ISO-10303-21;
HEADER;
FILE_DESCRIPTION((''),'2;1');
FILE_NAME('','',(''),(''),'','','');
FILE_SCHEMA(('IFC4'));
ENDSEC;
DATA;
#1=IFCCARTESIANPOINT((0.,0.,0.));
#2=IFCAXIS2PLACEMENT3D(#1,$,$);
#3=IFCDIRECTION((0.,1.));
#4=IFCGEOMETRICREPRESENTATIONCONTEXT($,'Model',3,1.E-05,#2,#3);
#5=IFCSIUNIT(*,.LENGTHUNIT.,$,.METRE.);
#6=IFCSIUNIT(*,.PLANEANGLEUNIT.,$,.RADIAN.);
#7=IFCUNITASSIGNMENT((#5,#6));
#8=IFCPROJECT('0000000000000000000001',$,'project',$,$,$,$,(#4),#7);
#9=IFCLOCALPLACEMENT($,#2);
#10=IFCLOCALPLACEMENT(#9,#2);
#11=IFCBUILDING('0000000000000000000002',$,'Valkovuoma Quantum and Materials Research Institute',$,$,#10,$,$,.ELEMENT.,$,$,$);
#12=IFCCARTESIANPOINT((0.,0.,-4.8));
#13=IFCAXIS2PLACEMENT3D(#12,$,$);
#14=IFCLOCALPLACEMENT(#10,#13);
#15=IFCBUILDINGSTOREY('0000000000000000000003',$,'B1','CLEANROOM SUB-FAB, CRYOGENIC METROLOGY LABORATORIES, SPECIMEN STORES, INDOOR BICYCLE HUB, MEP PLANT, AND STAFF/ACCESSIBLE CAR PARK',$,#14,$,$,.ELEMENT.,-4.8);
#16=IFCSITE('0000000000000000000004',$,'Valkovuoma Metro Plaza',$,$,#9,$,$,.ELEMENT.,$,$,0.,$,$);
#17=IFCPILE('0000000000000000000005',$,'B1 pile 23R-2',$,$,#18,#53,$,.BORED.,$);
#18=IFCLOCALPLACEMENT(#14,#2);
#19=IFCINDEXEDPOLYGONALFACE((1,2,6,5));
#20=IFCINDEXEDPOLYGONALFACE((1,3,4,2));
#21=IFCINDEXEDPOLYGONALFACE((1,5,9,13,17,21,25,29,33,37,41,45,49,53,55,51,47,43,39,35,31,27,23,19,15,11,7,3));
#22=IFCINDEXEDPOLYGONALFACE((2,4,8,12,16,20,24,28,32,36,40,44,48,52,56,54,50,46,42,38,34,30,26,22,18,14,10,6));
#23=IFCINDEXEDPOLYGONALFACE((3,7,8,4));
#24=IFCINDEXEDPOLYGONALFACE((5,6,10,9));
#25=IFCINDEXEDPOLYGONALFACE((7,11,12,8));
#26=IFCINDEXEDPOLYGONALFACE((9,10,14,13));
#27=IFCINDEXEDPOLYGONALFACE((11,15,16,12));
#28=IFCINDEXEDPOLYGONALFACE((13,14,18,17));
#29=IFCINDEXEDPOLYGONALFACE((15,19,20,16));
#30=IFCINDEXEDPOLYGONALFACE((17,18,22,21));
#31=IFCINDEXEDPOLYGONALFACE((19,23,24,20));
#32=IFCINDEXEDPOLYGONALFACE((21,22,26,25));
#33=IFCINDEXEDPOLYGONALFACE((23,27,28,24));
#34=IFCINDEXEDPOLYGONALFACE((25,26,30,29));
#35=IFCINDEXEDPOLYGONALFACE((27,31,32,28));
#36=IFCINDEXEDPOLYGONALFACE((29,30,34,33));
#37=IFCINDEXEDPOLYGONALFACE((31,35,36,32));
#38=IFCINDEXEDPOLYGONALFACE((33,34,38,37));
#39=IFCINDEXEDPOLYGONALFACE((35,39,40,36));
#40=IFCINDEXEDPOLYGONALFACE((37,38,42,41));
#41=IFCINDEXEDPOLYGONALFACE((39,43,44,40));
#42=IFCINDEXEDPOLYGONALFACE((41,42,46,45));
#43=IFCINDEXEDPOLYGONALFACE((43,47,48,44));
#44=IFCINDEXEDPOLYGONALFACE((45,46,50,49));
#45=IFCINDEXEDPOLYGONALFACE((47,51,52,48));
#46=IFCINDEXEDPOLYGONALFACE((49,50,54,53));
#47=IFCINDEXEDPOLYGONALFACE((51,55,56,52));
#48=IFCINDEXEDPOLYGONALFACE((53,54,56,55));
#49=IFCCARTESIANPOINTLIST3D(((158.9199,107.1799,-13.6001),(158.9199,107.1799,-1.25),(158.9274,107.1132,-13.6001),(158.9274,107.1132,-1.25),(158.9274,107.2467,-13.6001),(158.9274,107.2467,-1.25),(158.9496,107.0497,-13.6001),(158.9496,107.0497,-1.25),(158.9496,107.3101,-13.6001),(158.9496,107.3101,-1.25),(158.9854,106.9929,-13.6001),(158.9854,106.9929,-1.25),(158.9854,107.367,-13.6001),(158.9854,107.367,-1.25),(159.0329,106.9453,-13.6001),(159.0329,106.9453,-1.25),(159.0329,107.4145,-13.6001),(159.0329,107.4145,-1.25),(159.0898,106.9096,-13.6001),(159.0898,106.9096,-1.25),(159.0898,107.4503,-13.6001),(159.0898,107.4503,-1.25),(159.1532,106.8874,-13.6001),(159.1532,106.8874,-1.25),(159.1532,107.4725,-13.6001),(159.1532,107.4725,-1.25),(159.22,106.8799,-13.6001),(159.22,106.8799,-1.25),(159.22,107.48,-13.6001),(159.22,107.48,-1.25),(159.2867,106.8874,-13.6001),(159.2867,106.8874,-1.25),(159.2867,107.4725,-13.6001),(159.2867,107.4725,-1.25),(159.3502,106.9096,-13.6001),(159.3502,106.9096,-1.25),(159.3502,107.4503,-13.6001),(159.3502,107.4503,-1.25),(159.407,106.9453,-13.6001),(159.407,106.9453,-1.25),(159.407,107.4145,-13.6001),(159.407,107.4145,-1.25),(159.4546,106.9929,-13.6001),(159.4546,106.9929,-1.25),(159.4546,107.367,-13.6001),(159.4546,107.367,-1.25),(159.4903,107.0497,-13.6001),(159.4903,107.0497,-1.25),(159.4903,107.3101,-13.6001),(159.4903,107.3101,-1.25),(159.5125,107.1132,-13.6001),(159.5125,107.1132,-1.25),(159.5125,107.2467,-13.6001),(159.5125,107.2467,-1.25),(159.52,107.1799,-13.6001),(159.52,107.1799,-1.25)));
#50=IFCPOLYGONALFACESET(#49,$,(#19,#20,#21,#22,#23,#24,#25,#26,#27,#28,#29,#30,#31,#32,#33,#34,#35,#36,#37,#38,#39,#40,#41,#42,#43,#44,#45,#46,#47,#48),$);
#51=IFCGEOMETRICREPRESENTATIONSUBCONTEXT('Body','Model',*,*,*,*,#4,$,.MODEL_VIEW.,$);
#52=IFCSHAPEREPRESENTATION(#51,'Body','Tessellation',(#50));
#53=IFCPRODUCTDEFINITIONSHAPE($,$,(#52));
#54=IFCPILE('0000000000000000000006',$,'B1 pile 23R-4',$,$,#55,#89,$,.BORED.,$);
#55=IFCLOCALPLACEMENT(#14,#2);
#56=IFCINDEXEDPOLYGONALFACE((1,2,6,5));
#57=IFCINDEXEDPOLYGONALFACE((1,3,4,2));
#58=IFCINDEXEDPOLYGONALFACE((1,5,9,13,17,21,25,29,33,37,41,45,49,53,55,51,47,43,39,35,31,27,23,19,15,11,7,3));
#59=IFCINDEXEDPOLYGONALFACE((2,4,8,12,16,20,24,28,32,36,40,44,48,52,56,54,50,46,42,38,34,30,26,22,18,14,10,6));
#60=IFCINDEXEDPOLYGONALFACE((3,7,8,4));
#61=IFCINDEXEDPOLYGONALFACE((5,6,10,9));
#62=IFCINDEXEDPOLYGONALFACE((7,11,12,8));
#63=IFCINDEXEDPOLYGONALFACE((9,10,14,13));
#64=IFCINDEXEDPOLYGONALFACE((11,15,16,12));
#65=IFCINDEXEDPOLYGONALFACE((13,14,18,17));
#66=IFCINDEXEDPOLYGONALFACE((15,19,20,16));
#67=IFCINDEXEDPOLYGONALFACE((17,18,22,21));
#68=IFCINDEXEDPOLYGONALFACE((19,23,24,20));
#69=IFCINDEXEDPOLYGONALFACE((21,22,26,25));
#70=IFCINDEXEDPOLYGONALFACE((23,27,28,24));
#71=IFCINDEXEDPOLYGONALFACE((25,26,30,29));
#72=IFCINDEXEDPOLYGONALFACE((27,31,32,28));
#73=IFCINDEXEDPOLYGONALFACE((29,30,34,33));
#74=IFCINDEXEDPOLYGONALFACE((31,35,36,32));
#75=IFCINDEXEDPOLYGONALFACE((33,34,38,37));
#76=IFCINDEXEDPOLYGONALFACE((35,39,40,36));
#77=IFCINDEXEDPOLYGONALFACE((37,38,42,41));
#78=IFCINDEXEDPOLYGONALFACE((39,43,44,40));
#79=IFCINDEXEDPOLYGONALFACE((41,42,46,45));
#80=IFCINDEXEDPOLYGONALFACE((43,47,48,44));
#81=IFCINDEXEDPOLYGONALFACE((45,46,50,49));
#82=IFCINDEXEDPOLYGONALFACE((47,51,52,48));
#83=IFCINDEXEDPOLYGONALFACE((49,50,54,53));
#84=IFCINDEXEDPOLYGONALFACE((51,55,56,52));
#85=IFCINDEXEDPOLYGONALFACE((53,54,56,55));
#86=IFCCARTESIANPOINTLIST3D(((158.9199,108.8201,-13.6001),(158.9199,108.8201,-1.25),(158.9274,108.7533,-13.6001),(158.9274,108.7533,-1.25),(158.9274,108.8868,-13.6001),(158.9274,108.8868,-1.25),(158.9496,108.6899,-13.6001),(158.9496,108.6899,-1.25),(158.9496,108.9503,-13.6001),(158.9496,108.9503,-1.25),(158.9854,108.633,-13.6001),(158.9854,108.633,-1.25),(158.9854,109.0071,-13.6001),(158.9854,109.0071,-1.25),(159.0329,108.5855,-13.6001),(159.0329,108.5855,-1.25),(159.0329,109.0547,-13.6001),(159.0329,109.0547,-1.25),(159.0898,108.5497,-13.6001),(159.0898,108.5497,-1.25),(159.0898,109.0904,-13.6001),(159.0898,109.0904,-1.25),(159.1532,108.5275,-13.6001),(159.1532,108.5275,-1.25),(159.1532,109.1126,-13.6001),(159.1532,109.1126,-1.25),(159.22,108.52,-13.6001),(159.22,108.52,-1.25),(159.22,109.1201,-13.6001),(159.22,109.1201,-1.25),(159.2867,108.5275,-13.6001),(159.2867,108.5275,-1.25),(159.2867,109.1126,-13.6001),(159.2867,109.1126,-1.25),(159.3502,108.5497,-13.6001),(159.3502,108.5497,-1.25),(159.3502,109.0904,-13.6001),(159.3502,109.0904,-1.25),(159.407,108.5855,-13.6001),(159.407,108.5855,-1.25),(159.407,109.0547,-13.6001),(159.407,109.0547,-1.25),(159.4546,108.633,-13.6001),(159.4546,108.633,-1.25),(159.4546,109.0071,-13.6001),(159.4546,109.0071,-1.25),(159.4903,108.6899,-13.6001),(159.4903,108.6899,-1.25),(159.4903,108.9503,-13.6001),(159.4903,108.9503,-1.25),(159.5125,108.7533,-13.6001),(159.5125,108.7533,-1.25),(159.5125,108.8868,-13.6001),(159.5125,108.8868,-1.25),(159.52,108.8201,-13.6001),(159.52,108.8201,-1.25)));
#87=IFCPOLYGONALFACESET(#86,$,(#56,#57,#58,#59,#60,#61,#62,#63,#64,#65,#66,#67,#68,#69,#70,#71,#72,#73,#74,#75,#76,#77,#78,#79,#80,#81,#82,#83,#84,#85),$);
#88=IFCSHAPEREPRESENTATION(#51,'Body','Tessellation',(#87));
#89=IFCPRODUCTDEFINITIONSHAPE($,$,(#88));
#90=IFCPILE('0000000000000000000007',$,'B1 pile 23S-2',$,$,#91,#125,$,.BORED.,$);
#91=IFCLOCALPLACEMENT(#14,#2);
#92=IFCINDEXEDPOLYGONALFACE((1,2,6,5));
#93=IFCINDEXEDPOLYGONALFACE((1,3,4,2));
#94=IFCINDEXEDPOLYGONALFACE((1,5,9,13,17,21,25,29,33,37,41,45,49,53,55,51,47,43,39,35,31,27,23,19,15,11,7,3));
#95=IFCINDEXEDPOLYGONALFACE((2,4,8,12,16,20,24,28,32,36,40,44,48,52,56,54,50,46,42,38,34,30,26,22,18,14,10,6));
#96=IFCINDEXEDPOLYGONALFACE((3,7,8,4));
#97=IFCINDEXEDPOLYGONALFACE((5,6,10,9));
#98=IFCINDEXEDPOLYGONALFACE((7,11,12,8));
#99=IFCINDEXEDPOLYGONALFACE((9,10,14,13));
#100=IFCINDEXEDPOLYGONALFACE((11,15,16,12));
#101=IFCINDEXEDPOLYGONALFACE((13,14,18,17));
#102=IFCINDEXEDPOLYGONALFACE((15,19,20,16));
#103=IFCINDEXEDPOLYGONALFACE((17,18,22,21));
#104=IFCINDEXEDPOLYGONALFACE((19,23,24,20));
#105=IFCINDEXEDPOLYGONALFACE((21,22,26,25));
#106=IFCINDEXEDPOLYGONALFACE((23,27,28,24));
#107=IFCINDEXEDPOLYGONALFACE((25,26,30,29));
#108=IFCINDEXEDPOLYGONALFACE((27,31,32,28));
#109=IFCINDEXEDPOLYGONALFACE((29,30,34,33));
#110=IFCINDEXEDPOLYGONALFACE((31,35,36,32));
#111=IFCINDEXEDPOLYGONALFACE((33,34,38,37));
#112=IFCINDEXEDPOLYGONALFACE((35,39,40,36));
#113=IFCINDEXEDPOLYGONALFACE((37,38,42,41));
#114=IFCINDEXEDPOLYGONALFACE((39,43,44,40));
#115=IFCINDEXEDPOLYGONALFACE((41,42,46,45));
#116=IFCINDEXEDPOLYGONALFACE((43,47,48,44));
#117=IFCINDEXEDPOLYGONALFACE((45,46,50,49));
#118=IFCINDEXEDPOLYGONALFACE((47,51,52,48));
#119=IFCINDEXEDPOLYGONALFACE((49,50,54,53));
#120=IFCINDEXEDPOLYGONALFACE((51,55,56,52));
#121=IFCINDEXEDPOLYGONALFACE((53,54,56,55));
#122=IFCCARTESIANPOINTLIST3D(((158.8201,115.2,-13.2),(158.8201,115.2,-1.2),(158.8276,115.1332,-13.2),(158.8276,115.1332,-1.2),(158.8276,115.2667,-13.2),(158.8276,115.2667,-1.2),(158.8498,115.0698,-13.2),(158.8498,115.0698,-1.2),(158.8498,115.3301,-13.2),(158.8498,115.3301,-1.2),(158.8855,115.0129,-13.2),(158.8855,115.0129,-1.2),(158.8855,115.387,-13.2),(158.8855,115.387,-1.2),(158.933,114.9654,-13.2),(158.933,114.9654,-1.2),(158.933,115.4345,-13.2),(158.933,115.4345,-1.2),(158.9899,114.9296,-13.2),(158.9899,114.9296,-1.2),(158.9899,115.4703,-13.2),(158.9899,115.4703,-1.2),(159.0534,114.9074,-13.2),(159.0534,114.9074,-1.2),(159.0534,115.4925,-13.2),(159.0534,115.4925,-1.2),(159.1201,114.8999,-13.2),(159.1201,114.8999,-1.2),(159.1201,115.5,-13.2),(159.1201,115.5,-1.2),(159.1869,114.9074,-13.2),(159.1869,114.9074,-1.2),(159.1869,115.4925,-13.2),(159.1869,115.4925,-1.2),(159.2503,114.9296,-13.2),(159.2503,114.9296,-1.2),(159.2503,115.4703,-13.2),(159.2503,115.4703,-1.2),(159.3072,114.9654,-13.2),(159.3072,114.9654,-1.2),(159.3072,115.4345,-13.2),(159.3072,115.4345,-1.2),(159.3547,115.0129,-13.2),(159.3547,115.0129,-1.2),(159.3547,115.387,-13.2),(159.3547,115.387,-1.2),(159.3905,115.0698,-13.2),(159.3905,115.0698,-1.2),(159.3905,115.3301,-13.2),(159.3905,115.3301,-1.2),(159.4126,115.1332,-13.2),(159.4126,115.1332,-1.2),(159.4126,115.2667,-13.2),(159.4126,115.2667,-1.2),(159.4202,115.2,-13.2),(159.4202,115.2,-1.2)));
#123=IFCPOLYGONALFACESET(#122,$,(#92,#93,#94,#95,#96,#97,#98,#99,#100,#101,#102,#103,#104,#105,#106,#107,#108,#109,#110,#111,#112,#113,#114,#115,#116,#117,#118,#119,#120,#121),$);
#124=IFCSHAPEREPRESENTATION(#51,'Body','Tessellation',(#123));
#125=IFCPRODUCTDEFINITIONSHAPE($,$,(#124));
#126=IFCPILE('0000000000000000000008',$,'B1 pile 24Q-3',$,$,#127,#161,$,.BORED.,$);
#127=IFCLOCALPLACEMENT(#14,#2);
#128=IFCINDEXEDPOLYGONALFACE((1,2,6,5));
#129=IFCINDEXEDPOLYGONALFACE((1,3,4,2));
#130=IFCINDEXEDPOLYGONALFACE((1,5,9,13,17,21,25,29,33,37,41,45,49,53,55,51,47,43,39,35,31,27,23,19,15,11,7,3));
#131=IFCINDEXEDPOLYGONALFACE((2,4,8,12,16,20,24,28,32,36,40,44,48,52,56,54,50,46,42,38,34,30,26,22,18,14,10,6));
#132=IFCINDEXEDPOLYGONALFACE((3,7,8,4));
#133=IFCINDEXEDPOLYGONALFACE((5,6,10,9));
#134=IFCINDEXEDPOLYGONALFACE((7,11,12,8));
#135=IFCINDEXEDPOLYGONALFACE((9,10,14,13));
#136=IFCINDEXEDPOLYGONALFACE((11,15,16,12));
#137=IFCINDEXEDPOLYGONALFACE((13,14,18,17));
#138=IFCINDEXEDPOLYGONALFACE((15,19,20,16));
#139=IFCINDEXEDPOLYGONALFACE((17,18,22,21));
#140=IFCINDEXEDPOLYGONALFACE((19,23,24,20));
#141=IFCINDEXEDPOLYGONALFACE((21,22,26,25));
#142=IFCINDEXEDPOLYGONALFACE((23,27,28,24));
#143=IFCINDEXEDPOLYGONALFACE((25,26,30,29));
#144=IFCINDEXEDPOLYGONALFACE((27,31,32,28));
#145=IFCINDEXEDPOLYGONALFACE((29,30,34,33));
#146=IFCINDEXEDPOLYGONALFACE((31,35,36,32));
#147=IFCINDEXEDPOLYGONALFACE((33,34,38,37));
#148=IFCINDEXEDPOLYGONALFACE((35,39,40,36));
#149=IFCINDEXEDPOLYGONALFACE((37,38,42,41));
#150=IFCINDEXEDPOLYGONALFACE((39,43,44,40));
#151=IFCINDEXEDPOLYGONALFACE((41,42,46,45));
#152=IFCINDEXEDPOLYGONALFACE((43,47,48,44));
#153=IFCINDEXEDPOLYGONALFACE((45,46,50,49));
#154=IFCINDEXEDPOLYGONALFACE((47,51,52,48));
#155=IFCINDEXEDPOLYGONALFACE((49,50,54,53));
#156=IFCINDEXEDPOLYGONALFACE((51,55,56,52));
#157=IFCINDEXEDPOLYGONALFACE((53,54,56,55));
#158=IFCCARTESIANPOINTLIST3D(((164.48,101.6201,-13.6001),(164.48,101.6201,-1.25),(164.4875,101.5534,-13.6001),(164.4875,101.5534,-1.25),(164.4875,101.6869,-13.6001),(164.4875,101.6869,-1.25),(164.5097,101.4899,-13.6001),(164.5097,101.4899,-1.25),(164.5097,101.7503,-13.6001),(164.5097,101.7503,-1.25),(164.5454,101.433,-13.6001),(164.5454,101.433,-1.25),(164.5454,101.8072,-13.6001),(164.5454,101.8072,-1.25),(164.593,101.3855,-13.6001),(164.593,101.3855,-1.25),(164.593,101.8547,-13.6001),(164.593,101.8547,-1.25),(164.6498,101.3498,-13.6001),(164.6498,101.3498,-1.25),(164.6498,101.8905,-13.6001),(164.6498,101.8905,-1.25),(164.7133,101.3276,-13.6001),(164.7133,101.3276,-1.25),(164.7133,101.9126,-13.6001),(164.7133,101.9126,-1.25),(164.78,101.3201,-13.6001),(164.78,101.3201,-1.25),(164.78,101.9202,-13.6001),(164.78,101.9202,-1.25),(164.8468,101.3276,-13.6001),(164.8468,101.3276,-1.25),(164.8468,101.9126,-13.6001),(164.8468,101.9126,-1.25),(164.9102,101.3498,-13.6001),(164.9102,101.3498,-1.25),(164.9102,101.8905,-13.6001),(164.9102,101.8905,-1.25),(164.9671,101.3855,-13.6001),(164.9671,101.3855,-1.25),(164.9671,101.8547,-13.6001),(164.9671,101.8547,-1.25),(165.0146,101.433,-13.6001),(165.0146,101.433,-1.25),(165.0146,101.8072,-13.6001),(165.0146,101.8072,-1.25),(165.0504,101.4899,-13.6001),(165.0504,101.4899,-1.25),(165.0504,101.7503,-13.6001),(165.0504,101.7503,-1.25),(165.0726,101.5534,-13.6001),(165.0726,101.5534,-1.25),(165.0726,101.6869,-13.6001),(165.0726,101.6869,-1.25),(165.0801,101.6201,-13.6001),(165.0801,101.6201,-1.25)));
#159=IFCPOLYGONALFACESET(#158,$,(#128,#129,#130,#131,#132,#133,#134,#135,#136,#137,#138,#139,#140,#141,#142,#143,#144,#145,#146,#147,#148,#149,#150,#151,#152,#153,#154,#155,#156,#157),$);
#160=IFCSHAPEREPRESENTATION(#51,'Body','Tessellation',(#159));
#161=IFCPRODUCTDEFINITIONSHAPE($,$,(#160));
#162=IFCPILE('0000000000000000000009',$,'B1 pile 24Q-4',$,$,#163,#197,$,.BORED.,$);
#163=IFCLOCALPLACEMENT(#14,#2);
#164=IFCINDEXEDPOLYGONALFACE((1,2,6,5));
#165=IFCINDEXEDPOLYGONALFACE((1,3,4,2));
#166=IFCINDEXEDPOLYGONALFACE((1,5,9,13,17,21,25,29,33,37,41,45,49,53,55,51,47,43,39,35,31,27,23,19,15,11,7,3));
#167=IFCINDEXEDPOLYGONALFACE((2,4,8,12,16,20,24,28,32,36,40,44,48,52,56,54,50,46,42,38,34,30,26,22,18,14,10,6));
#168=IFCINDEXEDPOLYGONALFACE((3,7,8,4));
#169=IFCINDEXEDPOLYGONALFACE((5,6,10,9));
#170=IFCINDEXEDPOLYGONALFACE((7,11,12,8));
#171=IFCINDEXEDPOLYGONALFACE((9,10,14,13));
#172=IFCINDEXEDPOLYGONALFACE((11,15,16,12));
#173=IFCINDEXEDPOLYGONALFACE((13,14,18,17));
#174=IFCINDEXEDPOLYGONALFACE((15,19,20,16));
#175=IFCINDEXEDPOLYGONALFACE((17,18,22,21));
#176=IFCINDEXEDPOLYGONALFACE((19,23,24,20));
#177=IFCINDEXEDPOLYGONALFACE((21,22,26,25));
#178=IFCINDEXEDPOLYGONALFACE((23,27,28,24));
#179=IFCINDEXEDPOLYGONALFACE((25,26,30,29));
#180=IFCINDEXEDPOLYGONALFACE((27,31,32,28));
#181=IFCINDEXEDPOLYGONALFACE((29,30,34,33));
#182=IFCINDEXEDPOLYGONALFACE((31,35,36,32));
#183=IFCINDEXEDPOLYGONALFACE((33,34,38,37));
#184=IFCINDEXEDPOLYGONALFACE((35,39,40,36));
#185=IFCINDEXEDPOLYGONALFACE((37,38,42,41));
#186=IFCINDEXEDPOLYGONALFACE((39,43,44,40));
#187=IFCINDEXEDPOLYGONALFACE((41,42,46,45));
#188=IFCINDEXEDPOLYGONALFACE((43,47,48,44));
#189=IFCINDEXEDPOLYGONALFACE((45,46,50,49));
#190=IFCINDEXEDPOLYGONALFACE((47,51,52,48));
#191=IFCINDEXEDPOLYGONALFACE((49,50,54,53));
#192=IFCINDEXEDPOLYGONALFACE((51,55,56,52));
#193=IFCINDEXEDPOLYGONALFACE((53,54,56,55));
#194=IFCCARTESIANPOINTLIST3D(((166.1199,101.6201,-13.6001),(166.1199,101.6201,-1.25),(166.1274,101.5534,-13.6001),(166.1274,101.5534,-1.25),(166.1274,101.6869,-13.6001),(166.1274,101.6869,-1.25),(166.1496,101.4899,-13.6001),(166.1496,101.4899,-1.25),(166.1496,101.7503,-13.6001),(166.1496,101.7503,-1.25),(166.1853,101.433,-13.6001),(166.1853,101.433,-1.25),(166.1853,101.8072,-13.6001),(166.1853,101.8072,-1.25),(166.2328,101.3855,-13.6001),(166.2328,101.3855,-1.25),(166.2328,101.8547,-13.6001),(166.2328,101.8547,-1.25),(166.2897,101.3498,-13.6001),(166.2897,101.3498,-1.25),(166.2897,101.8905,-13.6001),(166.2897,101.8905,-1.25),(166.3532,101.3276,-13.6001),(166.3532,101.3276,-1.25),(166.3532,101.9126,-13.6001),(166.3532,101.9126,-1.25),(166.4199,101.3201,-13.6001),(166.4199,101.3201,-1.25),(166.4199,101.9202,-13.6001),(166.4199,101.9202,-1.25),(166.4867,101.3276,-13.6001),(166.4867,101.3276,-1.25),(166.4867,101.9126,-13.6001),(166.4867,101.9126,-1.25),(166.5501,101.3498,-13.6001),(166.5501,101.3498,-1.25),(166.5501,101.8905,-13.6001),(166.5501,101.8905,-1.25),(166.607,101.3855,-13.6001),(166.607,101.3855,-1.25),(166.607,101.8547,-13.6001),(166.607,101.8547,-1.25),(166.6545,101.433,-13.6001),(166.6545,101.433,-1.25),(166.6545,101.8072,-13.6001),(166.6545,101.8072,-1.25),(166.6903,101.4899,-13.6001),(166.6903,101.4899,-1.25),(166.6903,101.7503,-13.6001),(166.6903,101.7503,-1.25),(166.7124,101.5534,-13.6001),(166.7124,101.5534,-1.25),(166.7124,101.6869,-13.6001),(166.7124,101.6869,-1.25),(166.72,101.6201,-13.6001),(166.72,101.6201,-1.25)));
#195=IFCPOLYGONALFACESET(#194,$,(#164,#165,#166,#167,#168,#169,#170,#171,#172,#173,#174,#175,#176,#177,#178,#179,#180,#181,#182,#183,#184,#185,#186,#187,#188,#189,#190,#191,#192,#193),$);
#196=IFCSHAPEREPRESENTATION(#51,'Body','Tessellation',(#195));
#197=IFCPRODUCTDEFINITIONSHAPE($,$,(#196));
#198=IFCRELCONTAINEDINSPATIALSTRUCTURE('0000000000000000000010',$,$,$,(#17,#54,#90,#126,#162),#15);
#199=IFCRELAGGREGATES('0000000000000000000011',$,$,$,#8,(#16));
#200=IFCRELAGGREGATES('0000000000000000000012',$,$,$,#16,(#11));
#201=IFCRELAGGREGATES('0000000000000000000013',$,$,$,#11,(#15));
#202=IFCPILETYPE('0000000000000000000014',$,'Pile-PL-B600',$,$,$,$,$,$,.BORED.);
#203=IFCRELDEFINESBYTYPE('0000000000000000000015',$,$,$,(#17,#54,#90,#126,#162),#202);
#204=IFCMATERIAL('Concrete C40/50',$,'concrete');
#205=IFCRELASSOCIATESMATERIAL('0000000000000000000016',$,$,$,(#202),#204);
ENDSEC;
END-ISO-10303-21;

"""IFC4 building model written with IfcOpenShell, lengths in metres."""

from ifc_helpers import new_model, si_unit, direction, frame, origin, origin_2d, place, context, subcontext, project, spatial, circle, extrude, material, material_profile, profile_set, type_object, element, save


model = new_model("IFC4")

# Units and contexts
model_context = context("Model", 3, precision=1e-05, world=origin(), true_north=direction((0.0, 1.0)))
body_context = subcontext(model_context, "Body", "Model", "MODEL_VIEW")
ifc_project = project(units=[si_unit("LENGTHUNIT", "METRE"), si_unit("PLANEANGLEUNIT", "RADIAN")], contexts=[model_context])

# Site, building, storey
site_placement = place(None, origin())
site = spatial("IfcSite", under=ifc_project, at=site_placement, Name="Valkovuoma Metro Plaza", CompositionType="ELEMENT", RefElevation=0.0)
building_placement = place(site_placement, origin())
building = spatial("IfcBuilding", under=site, at=building_placement, Name="Valkovuoma Quantum and Materials Research Institute", CompositionType="ELEMENT")
storey_placement = place(building_placement, frame((0.0, 0.0, -4.8)))
storey = spatial("IfcBuildingStorey", under=building, at=storey_placement, Name="B1", Description="CLEANROOM SUB-FAB, CRYOGENIC METROLOGY LABORATORIES, SPECIMEN STORES, INDOOR BICYCLE HUB, MEP PLANT, AND STAFF/ACCESSIBLE CAR PARK", CompositionType="ELEMENT", Elevation=-4.8)

# Piles
ifc_material_1 = material(Name="Concrete C40/50", Category="concrete")
ifc_material_profile_1 = material_profile(ifc_material_1, circle(Radius=0.3, at=origin_2d()), Name="Concrete C40/50")
ifc_profile_set_1 = profile_set([ifc_material_profile_1], Name="Concrete C40/50")
pile_type_1 = type_object("IfcPileType", Name="Pile-PL-B600", PredefinedType="BORED", material=ifc_profile_set_1)
for number, where, z_axis, x_axis, name in (
    (1, (159.22, 107.1799, -1.25), (0.0, 0.0, -1.0), (1.0, 0.0, 0.0), "B1 pile 23R-2"),
    (2, (159.22, 108.8201, -1.25), (0.0, 0.0, -1.0), (1.0, 0.0, 0.0), "B1 pile 23R-4"),
):
    element("IfcPile", number, at=place(storey_placement, frame(where, z_axis=z_axis, x_axis=x_axis)), inside=storey, type_object=pile_type_1, Name=name, PredefinedType="BORED", context=body_context, shape_type="SweptSolid", body=[
        extrude(circle(Radius=0.3, at=origin_2d()), origin(), (0.0, 0.0, 1.0), 12.3501),
    ])
pile_1_placement = place(storey_placement, frame((159.1201, 115.2, -1.2), z_axis=(0.0, 0.0, -1.0), x_axis=(1.0, 0.0, 0.0)))
element("IfcPile", 3, at=pile_1_placement, inside=storey, type_object=pile_type_1, Name="B1 pile 23S-2", PredefinedType="BORED", context=body_context, shape_type="SweptSolid", body=[
    extrude(circle(Radius=0.3, at=origin_2d()), origin(), (0.0, 0.0, 1.0), 12.0),
])
for number, where, z_axis, x_axis, name in (
    (4, (164.78, 101.6201, -1.25), (0.0, 0.0, -1.0), (1.0, 0.0, 0.0), "B1 pile 24Q-3"),
    (5, (166.4199, 101.6201, -1.25), (0.0, 0.0, -1.0), (1.0, 0.0, 0.0), "B1 pile 24Q-4"),
):
    element("IfcPile", number, at=place(storey_placement, frame(where, z_axis=z_axis, x_axis=x_axis)), inside=storey, type_object=pile_type_1, Name=name, PredefinedType="BORED", context=body_context, shape_type="SweptSolid", body=[
        extrude(circle(Radius=0.3, at=origin_2d()), origin(), (0.0, 0.0, 1.0), 12.3501),
    ])

save(model, "model.ifc")
